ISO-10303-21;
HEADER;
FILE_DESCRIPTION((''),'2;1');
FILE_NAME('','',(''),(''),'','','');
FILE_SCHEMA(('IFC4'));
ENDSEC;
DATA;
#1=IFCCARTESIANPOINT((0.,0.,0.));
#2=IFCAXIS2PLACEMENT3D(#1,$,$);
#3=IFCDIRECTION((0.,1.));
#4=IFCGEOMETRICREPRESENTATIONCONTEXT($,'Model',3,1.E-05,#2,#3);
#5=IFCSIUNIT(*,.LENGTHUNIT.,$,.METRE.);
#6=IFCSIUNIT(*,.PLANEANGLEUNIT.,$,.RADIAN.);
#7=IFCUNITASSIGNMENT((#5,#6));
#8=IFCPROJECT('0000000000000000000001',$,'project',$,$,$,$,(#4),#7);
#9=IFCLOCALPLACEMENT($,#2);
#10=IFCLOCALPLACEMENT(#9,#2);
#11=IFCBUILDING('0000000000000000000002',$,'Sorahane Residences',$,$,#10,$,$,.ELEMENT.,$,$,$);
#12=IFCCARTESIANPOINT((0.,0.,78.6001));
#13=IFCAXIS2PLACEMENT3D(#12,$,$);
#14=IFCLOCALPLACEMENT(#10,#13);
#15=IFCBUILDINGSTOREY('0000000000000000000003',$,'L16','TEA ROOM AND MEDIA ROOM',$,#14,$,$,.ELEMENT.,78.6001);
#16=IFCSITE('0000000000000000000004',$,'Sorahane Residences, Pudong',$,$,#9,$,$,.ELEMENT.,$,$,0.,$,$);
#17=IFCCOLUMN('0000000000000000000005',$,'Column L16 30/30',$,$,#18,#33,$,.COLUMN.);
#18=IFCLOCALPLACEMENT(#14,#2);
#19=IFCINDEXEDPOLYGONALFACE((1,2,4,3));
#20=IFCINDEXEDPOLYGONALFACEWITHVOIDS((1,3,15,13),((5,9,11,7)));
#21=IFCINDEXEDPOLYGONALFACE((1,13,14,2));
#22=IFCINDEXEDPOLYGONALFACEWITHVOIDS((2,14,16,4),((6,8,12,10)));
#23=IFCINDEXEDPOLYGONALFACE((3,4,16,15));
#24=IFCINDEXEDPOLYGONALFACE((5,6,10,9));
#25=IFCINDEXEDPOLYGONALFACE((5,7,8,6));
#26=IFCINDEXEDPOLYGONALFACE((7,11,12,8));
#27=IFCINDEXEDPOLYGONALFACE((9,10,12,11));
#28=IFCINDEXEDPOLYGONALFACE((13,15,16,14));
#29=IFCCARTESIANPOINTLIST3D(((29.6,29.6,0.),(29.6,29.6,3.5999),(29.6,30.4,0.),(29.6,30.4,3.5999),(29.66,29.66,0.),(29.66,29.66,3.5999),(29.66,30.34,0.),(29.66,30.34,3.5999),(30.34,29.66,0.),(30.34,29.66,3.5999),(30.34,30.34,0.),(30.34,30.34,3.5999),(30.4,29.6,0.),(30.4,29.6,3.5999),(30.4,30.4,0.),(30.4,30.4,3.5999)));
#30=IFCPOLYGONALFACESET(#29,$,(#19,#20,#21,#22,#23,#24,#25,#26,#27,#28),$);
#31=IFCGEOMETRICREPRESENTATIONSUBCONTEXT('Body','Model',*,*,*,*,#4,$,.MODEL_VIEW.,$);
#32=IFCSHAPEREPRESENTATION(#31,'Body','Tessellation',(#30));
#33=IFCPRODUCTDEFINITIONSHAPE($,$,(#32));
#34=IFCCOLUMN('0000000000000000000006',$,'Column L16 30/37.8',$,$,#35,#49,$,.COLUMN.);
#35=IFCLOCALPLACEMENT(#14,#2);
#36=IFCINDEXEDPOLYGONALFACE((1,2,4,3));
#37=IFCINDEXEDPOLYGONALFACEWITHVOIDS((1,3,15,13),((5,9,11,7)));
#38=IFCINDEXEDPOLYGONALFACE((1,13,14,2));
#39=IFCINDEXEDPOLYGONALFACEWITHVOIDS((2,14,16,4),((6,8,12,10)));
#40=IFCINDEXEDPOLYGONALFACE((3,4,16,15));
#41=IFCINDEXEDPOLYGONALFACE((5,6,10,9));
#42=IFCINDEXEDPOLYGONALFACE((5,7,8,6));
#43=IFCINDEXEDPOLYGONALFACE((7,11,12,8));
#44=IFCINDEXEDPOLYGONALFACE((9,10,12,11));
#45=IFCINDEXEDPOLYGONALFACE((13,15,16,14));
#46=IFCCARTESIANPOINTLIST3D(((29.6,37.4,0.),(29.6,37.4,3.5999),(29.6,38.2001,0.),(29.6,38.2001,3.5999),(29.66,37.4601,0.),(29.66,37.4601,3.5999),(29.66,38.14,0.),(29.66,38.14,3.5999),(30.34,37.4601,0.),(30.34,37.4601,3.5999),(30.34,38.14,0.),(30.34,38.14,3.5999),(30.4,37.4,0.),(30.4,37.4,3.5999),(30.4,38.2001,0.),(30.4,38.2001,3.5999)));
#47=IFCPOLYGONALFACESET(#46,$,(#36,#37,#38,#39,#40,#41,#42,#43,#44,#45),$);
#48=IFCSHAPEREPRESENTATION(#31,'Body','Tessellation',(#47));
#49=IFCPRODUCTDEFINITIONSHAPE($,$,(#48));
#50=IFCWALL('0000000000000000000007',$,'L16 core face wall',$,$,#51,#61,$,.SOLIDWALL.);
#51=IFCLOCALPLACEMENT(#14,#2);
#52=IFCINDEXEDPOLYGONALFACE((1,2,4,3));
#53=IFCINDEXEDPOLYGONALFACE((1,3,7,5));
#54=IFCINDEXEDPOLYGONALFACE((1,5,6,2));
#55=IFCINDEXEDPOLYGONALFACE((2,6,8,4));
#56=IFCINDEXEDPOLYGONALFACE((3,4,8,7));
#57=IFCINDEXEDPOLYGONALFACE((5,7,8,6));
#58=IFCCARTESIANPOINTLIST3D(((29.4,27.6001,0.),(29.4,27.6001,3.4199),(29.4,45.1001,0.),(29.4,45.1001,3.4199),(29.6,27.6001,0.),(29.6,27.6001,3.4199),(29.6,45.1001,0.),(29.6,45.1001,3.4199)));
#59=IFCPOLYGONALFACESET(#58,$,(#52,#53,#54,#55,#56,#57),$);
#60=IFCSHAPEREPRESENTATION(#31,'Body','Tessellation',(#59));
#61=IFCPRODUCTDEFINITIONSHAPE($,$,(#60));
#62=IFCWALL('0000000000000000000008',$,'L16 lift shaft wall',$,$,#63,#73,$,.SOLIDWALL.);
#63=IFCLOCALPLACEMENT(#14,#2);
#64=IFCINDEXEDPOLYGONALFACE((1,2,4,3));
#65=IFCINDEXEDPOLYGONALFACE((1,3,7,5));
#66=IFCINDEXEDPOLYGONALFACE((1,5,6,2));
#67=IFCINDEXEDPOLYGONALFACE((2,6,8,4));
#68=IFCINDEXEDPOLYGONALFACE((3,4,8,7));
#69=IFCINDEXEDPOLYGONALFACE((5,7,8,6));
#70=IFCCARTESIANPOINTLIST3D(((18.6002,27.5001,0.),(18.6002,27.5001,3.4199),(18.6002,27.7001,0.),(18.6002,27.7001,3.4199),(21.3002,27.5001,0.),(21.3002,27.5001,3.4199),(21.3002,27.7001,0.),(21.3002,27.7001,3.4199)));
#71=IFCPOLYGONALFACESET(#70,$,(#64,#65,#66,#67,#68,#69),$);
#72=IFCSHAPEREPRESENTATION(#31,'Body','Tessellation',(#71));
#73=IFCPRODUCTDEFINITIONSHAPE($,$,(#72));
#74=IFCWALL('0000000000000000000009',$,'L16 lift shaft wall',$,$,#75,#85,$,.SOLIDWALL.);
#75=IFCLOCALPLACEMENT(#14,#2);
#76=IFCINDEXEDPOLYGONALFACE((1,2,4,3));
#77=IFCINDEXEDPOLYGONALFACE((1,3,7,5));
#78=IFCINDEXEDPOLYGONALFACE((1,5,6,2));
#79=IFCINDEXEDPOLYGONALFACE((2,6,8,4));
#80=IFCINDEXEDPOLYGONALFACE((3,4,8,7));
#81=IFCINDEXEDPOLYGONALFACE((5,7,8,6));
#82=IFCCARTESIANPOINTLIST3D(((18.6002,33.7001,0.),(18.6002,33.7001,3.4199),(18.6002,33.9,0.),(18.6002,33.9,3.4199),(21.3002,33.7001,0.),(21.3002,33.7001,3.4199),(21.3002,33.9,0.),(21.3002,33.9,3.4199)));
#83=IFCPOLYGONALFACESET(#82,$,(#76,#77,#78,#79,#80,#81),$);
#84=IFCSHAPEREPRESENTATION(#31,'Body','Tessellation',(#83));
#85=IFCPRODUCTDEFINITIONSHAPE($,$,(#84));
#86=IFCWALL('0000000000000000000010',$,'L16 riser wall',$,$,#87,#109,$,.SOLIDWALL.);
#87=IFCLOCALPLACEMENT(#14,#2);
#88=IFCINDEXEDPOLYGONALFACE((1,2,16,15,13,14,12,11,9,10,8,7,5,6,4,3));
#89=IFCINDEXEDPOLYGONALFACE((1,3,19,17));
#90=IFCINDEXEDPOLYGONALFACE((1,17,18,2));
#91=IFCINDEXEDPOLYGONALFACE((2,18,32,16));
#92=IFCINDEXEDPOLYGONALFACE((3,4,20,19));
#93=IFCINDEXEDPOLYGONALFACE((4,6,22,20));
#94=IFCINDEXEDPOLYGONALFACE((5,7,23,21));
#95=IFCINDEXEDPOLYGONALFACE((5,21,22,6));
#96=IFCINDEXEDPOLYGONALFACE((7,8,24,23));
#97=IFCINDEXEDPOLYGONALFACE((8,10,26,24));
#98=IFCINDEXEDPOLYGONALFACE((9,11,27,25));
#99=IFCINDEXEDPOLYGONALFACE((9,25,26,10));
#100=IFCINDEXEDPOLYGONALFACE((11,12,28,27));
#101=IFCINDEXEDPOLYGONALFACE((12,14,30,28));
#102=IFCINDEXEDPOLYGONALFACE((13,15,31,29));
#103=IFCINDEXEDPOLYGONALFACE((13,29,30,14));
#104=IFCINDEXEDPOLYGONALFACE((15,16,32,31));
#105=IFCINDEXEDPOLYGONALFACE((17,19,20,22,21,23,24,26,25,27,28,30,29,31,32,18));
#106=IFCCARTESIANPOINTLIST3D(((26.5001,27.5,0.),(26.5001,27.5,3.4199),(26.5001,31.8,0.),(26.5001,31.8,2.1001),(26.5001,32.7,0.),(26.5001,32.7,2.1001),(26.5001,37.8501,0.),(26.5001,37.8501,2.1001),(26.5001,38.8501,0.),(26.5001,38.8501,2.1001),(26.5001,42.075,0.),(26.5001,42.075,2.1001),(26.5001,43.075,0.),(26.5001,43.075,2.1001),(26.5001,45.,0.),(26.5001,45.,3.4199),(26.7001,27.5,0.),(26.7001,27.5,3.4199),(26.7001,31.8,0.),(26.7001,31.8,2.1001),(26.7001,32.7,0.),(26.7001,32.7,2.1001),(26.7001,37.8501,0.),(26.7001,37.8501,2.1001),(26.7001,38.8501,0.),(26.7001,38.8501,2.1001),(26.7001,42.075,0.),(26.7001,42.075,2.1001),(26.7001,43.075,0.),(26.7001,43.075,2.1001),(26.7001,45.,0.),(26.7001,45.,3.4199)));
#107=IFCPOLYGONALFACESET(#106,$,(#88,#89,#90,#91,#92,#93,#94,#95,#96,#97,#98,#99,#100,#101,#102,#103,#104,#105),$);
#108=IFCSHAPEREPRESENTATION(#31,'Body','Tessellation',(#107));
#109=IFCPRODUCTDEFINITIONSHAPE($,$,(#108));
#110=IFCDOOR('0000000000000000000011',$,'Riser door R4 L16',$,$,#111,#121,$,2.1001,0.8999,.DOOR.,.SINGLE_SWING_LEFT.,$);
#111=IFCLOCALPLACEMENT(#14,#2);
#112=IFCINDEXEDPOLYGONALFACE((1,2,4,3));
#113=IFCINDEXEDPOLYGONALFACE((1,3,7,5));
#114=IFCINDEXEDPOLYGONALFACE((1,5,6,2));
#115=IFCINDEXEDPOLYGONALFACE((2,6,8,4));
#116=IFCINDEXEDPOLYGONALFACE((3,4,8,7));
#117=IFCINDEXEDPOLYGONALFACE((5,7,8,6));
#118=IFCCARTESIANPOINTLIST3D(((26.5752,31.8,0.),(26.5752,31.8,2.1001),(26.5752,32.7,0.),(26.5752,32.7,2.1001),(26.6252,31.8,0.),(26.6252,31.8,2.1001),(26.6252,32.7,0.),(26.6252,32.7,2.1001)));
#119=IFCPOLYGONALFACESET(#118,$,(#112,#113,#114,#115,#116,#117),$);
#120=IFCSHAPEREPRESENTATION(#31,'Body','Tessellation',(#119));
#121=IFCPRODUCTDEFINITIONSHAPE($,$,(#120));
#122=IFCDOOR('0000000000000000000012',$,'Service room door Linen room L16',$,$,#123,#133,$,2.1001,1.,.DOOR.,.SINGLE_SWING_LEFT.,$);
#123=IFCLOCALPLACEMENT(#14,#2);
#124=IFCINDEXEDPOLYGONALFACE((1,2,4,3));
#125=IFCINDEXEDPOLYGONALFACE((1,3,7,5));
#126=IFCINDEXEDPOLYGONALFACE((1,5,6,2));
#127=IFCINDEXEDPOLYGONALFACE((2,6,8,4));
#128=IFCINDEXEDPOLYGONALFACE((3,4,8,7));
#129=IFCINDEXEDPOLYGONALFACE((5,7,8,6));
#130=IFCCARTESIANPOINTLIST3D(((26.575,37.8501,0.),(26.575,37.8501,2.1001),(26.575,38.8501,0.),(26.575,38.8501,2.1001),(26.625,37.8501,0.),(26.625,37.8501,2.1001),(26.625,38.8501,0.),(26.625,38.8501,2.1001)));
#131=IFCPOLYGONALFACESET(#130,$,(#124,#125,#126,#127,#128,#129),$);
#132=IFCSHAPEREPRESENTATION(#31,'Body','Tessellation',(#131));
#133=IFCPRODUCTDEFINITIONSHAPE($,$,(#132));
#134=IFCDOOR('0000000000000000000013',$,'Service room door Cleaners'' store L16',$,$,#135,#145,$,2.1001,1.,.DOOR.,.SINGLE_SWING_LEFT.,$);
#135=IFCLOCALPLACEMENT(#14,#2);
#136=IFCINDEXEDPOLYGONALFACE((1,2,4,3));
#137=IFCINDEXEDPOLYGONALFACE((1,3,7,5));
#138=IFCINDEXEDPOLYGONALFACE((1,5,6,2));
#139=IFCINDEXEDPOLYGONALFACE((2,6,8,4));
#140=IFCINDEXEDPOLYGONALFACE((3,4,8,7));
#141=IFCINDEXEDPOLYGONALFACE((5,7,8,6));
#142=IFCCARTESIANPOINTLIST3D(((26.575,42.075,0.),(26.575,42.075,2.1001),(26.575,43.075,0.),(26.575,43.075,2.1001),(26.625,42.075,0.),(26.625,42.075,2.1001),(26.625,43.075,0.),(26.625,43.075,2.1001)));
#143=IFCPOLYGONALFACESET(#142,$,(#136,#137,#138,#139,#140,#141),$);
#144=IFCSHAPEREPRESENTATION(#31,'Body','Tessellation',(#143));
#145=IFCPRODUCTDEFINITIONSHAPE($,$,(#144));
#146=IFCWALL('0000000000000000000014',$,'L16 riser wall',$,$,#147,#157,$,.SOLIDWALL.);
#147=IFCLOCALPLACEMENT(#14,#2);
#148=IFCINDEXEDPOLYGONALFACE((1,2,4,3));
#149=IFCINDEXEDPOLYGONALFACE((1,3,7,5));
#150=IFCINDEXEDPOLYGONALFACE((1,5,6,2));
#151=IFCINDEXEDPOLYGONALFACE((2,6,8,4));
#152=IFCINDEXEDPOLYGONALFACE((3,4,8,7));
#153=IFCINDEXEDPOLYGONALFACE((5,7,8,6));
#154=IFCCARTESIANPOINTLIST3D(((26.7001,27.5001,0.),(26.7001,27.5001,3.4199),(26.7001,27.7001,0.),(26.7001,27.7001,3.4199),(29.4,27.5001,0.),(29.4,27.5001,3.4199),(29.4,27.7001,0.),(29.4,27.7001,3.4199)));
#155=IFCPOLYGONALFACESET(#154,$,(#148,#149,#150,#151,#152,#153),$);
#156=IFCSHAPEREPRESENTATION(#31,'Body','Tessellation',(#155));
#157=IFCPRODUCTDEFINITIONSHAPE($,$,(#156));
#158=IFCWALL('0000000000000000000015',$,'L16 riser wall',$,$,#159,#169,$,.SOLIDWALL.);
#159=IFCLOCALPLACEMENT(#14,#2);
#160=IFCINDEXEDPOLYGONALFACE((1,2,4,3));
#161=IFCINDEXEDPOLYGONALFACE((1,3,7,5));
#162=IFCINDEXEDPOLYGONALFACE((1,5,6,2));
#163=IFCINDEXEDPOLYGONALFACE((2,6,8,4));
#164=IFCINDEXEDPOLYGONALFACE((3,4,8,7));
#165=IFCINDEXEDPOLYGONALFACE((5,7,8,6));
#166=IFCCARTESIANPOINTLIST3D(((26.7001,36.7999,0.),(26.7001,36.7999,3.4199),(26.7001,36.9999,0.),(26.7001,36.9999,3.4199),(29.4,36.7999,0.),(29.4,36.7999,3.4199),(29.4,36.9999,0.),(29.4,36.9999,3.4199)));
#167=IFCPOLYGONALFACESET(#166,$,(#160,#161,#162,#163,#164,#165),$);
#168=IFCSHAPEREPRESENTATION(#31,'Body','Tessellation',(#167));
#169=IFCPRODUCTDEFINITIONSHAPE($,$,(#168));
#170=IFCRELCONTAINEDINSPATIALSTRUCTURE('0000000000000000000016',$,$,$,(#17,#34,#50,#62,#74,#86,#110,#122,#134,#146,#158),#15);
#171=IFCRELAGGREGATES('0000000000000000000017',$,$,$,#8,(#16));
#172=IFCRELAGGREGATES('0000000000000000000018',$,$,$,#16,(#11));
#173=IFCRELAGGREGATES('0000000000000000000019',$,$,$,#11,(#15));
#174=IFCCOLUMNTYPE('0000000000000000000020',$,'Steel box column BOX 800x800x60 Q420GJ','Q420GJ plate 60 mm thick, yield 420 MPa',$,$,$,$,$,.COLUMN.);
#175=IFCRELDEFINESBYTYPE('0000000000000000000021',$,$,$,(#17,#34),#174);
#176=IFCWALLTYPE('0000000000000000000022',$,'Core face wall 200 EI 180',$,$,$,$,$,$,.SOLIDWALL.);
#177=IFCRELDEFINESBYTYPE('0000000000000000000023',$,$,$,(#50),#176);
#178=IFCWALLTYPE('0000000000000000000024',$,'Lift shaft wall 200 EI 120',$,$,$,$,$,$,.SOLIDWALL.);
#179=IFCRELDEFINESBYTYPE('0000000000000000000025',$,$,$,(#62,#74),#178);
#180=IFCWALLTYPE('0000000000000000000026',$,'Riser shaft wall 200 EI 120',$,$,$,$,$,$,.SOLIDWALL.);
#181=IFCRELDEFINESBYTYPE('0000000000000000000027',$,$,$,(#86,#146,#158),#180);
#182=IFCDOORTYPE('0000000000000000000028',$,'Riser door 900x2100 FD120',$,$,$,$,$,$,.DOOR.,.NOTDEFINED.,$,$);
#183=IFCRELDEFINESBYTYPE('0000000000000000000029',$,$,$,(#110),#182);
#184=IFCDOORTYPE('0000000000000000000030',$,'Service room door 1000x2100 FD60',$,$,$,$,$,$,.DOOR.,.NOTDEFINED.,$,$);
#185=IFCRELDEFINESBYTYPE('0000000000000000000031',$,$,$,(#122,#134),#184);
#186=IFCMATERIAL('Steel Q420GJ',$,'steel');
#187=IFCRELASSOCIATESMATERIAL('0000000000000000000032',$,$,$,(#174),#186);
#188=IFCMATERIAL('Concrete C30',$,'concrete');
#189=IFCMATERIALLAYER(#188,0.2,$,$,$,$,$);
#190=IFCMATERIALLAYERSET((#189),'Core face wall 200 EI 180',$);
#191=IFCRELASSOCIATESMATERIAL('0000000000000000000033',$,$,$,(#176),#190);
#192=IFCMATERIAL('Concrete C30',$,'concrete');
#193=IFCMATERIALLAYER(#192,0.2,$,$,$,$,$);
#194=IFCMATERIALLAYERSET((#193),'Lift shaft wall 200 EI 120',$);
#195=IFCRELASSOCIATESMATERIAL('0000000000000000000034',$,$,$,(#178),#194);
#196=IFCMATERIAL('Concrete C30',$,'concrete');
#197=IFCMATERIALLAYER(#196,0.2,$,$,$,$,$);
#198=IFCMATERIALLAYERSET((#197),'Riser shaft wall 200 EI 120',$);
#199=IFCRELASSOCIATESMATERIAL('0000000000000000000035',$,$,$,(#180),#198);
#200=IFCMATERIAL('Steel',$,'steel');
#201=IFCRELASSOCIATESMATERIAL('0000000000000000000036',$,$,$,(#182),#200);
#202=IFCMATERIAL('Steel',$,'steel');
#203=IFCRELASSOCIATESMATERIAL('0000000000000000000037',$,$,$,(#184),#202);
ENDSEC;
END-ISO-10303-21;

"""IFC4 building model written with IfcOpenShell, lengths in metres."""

from ifc_helpers import new_model, si_unit, direction, frame, frame_2d, origin, origin_2d, place, context, subcontext, project, spatial, rectangle, hollow_rectangle, extrude, material, layer, layer_set, material_profile, profile_set, type_object, element, fill, save


model = new_model("IFC4")

# Units and contexts
model_context = context("Model", 3, precision=1e-05, world=origin(), true_north=direction((0.0, 1.0)))
body_context = subcontext(model_context, "Body", "Model", "MODEL_VIEW")
ifc_project = project(units=[si_unit("LENGTHUNIT", "METRE"), si_unit("PLANEANGLEUNIT", "RADIAN")], contexts=[model_context])

# Site, building, storey
site_placement = place(None, origin())
site = spatial("IfcSite", under=ifc_project, at=site_placement, Name="Sorahane Residences, Pudong", CompositionType="ELEMENT", RefElevation=0.0)
building_placement = place(site_placement, origin())
building = spatial("IfcBuilding", under=site, at=building_placement, Name="Sorahane Residences", CompositionType="ELEMENT")
storey_placement = place(building_placement, frame((0.0, 0.0, 78.6001)))
storey = spatial("IfcBuildingStorey", under=building, at=storey_placement, Name="L16", Description="TEA ROOM AND MEDIA ROOM", CompositionType="ELEMENT", Elevation=78.6001)

# Columns
ifc_material_1 = material(Name="Steel Q420GJ", Category="steel")
ifc_material_profile = material_profile(ifc_material_1, hollow_rectangle(XDim=0.8, YDim=0.8, WallThickness=0.0601, at=origin_2d()), Name="BOX 800x800x60")
ifc_profile_set = profile_set([ifc_material_profile], Name="Steel Q420GJ")
column_type = type_object("IfcColumnType", Name="Steel box column BOX 800x800x60 Q420GJ", Description="Q420GJ plate 60 mm thick, yield 420 MPa", PredefinedType="COLUMN", material=ifc_profile_set)
for number, where, z_axis, x_axis, name in (
    (1, (30.0, 30.0, 0.0), (0.0, 0.0, 1.0), (1.0, 0.0, 0.0), "Column L16 30/30"),
    (2, (30.0, 37.8, 0.0), (0.0, 0.0, 1.0), (1.0, 0.0, 0.0), "Column L16 30/37.8"),
):
    element("IfcColumn", number, at=place(storey_placement, frame(where, z_axis=z_axis, x_axis=x_axis)), inside=storey, type_object=column_type, Name=name, PredefinedType="COLUMN", context=body_context, shape_type="SweptSolid", body=[
        extrude(hollow_rectangle(XDim=0.8, YDim=0.8, WallThickness=0.0601, at=origin_2d()), origin(), (0.0, 0.0, 1.0), 3.5999),
    ])

# Walls
ifc_material_2 = material(Name="Concrete C30", Category="concrete")
ifc_layer_1 = layer(ifc_material_2, 0.2)
ifc_layer_set_1 = layer_set([ifc_layer_1], Name="Core face wall 200 EI 180")
wall_type_1 = type_object("IfcWallType", Name="Core face wall 200 EI 180", PredefinedType="SOLIDWALL", material=ifc_layer_set_1)
wall_1_placement = place(storey_placement, frame((29.5, 27.6001, 0.0), z_axis=(0.0, 0.0, 1.0), x_axis=(0.0, 1.0, 0.0)))
element("IfcWall", 3, at=wall_1_placement, inside=storey, type_object=wall_type_1, Name="L16 core face wall", PredefinedType="SOLIDWALL", context=body_context, shape_type="SweptSolid", body=[
    extrude(rectangle(XDim=17.5, YDim=0.2, at=frame_2d((8.75, 0.0))), origin(), (0.0, 0.0, 1.0), 3.4199),
])
ifc_material_3 = material(Name="Concrete C30", Category="concrete")
ifc_layer_2 = layer(ifc_material_3, 0.2)
ifc_layer_set_2 = layer_set([ifc_layer_2], Name="Lift shaft wall 200 EI 120")
wall_type_2 = type_object("IfcWallType", Name="Lift shaft wall 200 EI 120", PredefinedType="SOLIDWALL", material=ifc_layer_set_2)
for number, where, z_axis, x_axis, name in (
    (4, (18.6001, 27.6001, 0.0), (0.0, 0.0, 1.0), (1.0, 0.0, 0.0), "L16 lift shaft wall"),
    (5, (18.6001, 33.8, 0.0), (0.0, 0.0, 1.0), (1.0, 0.0, 0.0), "L16 lift shaft wall"),
):
    element("IfcWall", number, at=place(storey_placement, frame(where, z_axis=z_axis, x_axis=x_axis)), inside=storey, type_object=wall_type_2, Name=name, PredefinedType="SOLIDWALL", context=body_context, shape_type="SweptSolid", body=[
        extrude(rectangle(XDim=2.7, YDim=0.2, at=frame_2d((1.3501, 0.0))), origin(), (0.0, 0.0, 1.0), 3.4199),
    ])

# Wall, openings, doors
ifc_material_4 = material(Name="Concrete C30", Category="concrete")
ifc_layer_3 = layer(ifc_material_4, 0.2)
ifc_layer_set_3 = layer_set([ifc_layer_3], Name="Riser shaft wall 200 EI 120")
wall_type_3 = type_object("IfcWallType", Name="Riser shaft wall 200 EI 120", PredefinedType="SOLIDWALL", material=ifc_layer_set_3)
wall_2_placement = place(storey_placement, frame((26.6001, 27.5, 0.0), z_axis=(0.0, 0.0, 1.0), x_axis=(0.0, 1.0, 0.0)))
wall_2 = element("IfcWall", 6, at=wall_2_placement, inside=storey, type_object=wall_type_3, Name="L16 riser wall", PredefinedType="SOLIDWALL", context=body_context, shape_type="SweptSolid", body=[
    extrude(rectangle(XDim=17.5, YDim=0.2, at=frame_2d((8.75, 0.0))), origin(), (0.0, 0.0, 1.0), 3.4199),
])
opening_1_placement = place(wall_2_placement, frame((4.3, 0.0, 0.0)))
opening_1 = element("IfcOpeningElement", 7, at=opening_1_placement, cuts=wall_2, PredefinedType="OPENING", context=body_context, shape_type="SweptSolid", body=[
    extrude(rectangle(XDim=0.8999, YDim=2.1001, at=frame_2d((0.45, 1.05))), frame((0.0, 0.1099, 0.0), z_axis=(0.0, -1.0, 0.0), x_axis=(1.0, 0.0, 0.0)), (0.0, 0.0, 1.0), 0.22),
])
opening_2_placement = place(wall_2_placement, frame((10.3501, 0.0, 0.0)))
opening_2 = element("IfcOpeningElement", 8, at=opening_2_placement, cuts=wall_2, PredefinedType="OPENING", context=body_context, shape_type="SweptSolid", body=[
    extrude(rectangle(XDim=1.0, YDim=2.1001, at=frame_2d((0.5, 1.05))), frame((0.0, 0.1099, 0.0), z_axis=(0.0, -1.0, 0.0), x_axis=(1.0, 0.0, 0.0)), (0.0, 0.0, 1.0), 0.22),
])
opening_3_placement = place(wall_2_placement, frame((14.575, 0.0, 0.0)))
opening_3 = element("IfcOpeningElement", 9, at=opening_3_placement, cuts=wall_2, PredefinedType="OPENING", context=body_context, shape_type="SweptSolid", body=[
    extrude(rectangle(XDim=1.0, YDim=2.1001, at=frame_2d((0.5, 1.05))), frame((0.0, 0.1099, 0.0), z_axis=(0.0, -1.0, 0.0), x_axis=(1.0, 0.0, 0.0)), (0.0, 0.0, 1.0), 0.22),
])
ifc_material_5 = material(Name="Steel", Category="steel")
door_type_1 = type_object("IfcDoorType", Name="Riser door 900x2100 FD120", OperationType="NOTDEFINED", PredefinedType="DOOR", material=ifc_material_5)
door_1_placement = place(opening_1_placement, origin())
door_1 = element("IfcDoor", 10, at=door_1_placement, inside=storey, type_object=door_type_1, Name="Riser door R4 L16", OperationType="SINGLE_SWING_LEFT", OverallHeight=2.1001, OverallWidth=0.8999, PredefinedType="DOOR", context=body_context, shape_type="SweptSolid", body=[
    extrude(rectangle(XDim=0.8999, YDim=2.1001, at=frame_2d((0.45, 1.05))), frame((0.0, 0.0249, 0.0), z_axis=(0.0, -1.0, 0.0), x_axis=(1.0, 0.0, 0.0)), (0.0, 0.0, 1.0), 0.05),
])
fill(opening_1, door_1)
ifc_material_6 = material(Name="Steel", Category="steel")
door_type_2 = type_object("IfcDoorType", Name="Service room door 1000x2100 FD60", OperationType="NOTDEFINED", PredefinedType="DOOR", material=ifc_material_6)
door_2_placement = place(opening_2_placement, frame((1.0, 0.0, 0.0), z_axis=(0.0, 0.0, 1.0), x_axis=(-1.0, 0.0, 0.0)))
door_2 = element("IfcDoor", 11, at=door_2_placement, inside=storey, type_object=door_type_2, Name="Service room door Linen room L16", OperationType="SINGLE_SWING_LEFT", OverallHeight=2.1001, OverallWidth=1.0, PredefinedType="DOOR", context=body_context, shape_type="SweptSolid", body=[
    extrude(rectangle(XDim=1.0, YDim=2.1001, at=frame_2d((0.5, 1.05))), frame((0.0, 0.0249, 0.0), z_axis=(0.0, -1.0, 0.0), x_axis=(1.0, 0.0, 0.0)), (0.0, 0.0, 1.0), 0.05),
])
fill(opening_2, door_2)
door_3_placement = place(opening_3_placement, frame((1.0, 0.0, 0.0), z_axis=(0.0, 0.0, 1.0), x_axis=(-1.0, 0.0, 0.0)))
door_3 = element("IfcDoor", 12, at=door_3_placement, inside=storey, type_object=door_type_2, Name="Service room door Cleaners' store L16", OperationType="SINGLE_SWING_LEFT", OverallHeight=2.1001, OverallWidth=1.0, PredefinedType="DOOR", context=body_context, shape_type="SweptSolid", body=[
    extrude(rectangle(XDim=1.0, YDim=2.1001, at=frame_2d((0.5, 1.05))), frame((0.0, 0.0249, 0.0), z_axis=(0.0, -1.0, 0.0), x_axis=(1.0, 0.0, 0.0)), (0.0, 0.0, 1.0), 0.05),
])
fill(opening_3, door_3)

# Walls
for number, where, z_axis, x_axis, name in (
    (13, (26.7, 27.6001, 0.0), (0.0, 0.0, 1.0), (1.0, 0.0, 0.0), "L16 riser wall"),
    (14, (26.7, 36.8999, 0.0), (0.0, 0.0, 1.0), (1.0, 0.0, 0.0), "L16 riser wall"),
):
    element("IfcWall", number, at=place(storey_placement, frame(where, z_axis=z_axis, x_axis=x_axis)), inside=storey, type_object=wall_type_3, Name=name, PredefinedType="SOLIDWALL", context=body_context, shape_type="SweptSolid", body=[
        extrude(rectangle(XDim=2.7, YDim=0.2, at=frame_2d((1.3501, 0.0))), origin(), (0.0, 0.0, 1.0), 3.4199),
    ])

save(model, "model.ifc")
